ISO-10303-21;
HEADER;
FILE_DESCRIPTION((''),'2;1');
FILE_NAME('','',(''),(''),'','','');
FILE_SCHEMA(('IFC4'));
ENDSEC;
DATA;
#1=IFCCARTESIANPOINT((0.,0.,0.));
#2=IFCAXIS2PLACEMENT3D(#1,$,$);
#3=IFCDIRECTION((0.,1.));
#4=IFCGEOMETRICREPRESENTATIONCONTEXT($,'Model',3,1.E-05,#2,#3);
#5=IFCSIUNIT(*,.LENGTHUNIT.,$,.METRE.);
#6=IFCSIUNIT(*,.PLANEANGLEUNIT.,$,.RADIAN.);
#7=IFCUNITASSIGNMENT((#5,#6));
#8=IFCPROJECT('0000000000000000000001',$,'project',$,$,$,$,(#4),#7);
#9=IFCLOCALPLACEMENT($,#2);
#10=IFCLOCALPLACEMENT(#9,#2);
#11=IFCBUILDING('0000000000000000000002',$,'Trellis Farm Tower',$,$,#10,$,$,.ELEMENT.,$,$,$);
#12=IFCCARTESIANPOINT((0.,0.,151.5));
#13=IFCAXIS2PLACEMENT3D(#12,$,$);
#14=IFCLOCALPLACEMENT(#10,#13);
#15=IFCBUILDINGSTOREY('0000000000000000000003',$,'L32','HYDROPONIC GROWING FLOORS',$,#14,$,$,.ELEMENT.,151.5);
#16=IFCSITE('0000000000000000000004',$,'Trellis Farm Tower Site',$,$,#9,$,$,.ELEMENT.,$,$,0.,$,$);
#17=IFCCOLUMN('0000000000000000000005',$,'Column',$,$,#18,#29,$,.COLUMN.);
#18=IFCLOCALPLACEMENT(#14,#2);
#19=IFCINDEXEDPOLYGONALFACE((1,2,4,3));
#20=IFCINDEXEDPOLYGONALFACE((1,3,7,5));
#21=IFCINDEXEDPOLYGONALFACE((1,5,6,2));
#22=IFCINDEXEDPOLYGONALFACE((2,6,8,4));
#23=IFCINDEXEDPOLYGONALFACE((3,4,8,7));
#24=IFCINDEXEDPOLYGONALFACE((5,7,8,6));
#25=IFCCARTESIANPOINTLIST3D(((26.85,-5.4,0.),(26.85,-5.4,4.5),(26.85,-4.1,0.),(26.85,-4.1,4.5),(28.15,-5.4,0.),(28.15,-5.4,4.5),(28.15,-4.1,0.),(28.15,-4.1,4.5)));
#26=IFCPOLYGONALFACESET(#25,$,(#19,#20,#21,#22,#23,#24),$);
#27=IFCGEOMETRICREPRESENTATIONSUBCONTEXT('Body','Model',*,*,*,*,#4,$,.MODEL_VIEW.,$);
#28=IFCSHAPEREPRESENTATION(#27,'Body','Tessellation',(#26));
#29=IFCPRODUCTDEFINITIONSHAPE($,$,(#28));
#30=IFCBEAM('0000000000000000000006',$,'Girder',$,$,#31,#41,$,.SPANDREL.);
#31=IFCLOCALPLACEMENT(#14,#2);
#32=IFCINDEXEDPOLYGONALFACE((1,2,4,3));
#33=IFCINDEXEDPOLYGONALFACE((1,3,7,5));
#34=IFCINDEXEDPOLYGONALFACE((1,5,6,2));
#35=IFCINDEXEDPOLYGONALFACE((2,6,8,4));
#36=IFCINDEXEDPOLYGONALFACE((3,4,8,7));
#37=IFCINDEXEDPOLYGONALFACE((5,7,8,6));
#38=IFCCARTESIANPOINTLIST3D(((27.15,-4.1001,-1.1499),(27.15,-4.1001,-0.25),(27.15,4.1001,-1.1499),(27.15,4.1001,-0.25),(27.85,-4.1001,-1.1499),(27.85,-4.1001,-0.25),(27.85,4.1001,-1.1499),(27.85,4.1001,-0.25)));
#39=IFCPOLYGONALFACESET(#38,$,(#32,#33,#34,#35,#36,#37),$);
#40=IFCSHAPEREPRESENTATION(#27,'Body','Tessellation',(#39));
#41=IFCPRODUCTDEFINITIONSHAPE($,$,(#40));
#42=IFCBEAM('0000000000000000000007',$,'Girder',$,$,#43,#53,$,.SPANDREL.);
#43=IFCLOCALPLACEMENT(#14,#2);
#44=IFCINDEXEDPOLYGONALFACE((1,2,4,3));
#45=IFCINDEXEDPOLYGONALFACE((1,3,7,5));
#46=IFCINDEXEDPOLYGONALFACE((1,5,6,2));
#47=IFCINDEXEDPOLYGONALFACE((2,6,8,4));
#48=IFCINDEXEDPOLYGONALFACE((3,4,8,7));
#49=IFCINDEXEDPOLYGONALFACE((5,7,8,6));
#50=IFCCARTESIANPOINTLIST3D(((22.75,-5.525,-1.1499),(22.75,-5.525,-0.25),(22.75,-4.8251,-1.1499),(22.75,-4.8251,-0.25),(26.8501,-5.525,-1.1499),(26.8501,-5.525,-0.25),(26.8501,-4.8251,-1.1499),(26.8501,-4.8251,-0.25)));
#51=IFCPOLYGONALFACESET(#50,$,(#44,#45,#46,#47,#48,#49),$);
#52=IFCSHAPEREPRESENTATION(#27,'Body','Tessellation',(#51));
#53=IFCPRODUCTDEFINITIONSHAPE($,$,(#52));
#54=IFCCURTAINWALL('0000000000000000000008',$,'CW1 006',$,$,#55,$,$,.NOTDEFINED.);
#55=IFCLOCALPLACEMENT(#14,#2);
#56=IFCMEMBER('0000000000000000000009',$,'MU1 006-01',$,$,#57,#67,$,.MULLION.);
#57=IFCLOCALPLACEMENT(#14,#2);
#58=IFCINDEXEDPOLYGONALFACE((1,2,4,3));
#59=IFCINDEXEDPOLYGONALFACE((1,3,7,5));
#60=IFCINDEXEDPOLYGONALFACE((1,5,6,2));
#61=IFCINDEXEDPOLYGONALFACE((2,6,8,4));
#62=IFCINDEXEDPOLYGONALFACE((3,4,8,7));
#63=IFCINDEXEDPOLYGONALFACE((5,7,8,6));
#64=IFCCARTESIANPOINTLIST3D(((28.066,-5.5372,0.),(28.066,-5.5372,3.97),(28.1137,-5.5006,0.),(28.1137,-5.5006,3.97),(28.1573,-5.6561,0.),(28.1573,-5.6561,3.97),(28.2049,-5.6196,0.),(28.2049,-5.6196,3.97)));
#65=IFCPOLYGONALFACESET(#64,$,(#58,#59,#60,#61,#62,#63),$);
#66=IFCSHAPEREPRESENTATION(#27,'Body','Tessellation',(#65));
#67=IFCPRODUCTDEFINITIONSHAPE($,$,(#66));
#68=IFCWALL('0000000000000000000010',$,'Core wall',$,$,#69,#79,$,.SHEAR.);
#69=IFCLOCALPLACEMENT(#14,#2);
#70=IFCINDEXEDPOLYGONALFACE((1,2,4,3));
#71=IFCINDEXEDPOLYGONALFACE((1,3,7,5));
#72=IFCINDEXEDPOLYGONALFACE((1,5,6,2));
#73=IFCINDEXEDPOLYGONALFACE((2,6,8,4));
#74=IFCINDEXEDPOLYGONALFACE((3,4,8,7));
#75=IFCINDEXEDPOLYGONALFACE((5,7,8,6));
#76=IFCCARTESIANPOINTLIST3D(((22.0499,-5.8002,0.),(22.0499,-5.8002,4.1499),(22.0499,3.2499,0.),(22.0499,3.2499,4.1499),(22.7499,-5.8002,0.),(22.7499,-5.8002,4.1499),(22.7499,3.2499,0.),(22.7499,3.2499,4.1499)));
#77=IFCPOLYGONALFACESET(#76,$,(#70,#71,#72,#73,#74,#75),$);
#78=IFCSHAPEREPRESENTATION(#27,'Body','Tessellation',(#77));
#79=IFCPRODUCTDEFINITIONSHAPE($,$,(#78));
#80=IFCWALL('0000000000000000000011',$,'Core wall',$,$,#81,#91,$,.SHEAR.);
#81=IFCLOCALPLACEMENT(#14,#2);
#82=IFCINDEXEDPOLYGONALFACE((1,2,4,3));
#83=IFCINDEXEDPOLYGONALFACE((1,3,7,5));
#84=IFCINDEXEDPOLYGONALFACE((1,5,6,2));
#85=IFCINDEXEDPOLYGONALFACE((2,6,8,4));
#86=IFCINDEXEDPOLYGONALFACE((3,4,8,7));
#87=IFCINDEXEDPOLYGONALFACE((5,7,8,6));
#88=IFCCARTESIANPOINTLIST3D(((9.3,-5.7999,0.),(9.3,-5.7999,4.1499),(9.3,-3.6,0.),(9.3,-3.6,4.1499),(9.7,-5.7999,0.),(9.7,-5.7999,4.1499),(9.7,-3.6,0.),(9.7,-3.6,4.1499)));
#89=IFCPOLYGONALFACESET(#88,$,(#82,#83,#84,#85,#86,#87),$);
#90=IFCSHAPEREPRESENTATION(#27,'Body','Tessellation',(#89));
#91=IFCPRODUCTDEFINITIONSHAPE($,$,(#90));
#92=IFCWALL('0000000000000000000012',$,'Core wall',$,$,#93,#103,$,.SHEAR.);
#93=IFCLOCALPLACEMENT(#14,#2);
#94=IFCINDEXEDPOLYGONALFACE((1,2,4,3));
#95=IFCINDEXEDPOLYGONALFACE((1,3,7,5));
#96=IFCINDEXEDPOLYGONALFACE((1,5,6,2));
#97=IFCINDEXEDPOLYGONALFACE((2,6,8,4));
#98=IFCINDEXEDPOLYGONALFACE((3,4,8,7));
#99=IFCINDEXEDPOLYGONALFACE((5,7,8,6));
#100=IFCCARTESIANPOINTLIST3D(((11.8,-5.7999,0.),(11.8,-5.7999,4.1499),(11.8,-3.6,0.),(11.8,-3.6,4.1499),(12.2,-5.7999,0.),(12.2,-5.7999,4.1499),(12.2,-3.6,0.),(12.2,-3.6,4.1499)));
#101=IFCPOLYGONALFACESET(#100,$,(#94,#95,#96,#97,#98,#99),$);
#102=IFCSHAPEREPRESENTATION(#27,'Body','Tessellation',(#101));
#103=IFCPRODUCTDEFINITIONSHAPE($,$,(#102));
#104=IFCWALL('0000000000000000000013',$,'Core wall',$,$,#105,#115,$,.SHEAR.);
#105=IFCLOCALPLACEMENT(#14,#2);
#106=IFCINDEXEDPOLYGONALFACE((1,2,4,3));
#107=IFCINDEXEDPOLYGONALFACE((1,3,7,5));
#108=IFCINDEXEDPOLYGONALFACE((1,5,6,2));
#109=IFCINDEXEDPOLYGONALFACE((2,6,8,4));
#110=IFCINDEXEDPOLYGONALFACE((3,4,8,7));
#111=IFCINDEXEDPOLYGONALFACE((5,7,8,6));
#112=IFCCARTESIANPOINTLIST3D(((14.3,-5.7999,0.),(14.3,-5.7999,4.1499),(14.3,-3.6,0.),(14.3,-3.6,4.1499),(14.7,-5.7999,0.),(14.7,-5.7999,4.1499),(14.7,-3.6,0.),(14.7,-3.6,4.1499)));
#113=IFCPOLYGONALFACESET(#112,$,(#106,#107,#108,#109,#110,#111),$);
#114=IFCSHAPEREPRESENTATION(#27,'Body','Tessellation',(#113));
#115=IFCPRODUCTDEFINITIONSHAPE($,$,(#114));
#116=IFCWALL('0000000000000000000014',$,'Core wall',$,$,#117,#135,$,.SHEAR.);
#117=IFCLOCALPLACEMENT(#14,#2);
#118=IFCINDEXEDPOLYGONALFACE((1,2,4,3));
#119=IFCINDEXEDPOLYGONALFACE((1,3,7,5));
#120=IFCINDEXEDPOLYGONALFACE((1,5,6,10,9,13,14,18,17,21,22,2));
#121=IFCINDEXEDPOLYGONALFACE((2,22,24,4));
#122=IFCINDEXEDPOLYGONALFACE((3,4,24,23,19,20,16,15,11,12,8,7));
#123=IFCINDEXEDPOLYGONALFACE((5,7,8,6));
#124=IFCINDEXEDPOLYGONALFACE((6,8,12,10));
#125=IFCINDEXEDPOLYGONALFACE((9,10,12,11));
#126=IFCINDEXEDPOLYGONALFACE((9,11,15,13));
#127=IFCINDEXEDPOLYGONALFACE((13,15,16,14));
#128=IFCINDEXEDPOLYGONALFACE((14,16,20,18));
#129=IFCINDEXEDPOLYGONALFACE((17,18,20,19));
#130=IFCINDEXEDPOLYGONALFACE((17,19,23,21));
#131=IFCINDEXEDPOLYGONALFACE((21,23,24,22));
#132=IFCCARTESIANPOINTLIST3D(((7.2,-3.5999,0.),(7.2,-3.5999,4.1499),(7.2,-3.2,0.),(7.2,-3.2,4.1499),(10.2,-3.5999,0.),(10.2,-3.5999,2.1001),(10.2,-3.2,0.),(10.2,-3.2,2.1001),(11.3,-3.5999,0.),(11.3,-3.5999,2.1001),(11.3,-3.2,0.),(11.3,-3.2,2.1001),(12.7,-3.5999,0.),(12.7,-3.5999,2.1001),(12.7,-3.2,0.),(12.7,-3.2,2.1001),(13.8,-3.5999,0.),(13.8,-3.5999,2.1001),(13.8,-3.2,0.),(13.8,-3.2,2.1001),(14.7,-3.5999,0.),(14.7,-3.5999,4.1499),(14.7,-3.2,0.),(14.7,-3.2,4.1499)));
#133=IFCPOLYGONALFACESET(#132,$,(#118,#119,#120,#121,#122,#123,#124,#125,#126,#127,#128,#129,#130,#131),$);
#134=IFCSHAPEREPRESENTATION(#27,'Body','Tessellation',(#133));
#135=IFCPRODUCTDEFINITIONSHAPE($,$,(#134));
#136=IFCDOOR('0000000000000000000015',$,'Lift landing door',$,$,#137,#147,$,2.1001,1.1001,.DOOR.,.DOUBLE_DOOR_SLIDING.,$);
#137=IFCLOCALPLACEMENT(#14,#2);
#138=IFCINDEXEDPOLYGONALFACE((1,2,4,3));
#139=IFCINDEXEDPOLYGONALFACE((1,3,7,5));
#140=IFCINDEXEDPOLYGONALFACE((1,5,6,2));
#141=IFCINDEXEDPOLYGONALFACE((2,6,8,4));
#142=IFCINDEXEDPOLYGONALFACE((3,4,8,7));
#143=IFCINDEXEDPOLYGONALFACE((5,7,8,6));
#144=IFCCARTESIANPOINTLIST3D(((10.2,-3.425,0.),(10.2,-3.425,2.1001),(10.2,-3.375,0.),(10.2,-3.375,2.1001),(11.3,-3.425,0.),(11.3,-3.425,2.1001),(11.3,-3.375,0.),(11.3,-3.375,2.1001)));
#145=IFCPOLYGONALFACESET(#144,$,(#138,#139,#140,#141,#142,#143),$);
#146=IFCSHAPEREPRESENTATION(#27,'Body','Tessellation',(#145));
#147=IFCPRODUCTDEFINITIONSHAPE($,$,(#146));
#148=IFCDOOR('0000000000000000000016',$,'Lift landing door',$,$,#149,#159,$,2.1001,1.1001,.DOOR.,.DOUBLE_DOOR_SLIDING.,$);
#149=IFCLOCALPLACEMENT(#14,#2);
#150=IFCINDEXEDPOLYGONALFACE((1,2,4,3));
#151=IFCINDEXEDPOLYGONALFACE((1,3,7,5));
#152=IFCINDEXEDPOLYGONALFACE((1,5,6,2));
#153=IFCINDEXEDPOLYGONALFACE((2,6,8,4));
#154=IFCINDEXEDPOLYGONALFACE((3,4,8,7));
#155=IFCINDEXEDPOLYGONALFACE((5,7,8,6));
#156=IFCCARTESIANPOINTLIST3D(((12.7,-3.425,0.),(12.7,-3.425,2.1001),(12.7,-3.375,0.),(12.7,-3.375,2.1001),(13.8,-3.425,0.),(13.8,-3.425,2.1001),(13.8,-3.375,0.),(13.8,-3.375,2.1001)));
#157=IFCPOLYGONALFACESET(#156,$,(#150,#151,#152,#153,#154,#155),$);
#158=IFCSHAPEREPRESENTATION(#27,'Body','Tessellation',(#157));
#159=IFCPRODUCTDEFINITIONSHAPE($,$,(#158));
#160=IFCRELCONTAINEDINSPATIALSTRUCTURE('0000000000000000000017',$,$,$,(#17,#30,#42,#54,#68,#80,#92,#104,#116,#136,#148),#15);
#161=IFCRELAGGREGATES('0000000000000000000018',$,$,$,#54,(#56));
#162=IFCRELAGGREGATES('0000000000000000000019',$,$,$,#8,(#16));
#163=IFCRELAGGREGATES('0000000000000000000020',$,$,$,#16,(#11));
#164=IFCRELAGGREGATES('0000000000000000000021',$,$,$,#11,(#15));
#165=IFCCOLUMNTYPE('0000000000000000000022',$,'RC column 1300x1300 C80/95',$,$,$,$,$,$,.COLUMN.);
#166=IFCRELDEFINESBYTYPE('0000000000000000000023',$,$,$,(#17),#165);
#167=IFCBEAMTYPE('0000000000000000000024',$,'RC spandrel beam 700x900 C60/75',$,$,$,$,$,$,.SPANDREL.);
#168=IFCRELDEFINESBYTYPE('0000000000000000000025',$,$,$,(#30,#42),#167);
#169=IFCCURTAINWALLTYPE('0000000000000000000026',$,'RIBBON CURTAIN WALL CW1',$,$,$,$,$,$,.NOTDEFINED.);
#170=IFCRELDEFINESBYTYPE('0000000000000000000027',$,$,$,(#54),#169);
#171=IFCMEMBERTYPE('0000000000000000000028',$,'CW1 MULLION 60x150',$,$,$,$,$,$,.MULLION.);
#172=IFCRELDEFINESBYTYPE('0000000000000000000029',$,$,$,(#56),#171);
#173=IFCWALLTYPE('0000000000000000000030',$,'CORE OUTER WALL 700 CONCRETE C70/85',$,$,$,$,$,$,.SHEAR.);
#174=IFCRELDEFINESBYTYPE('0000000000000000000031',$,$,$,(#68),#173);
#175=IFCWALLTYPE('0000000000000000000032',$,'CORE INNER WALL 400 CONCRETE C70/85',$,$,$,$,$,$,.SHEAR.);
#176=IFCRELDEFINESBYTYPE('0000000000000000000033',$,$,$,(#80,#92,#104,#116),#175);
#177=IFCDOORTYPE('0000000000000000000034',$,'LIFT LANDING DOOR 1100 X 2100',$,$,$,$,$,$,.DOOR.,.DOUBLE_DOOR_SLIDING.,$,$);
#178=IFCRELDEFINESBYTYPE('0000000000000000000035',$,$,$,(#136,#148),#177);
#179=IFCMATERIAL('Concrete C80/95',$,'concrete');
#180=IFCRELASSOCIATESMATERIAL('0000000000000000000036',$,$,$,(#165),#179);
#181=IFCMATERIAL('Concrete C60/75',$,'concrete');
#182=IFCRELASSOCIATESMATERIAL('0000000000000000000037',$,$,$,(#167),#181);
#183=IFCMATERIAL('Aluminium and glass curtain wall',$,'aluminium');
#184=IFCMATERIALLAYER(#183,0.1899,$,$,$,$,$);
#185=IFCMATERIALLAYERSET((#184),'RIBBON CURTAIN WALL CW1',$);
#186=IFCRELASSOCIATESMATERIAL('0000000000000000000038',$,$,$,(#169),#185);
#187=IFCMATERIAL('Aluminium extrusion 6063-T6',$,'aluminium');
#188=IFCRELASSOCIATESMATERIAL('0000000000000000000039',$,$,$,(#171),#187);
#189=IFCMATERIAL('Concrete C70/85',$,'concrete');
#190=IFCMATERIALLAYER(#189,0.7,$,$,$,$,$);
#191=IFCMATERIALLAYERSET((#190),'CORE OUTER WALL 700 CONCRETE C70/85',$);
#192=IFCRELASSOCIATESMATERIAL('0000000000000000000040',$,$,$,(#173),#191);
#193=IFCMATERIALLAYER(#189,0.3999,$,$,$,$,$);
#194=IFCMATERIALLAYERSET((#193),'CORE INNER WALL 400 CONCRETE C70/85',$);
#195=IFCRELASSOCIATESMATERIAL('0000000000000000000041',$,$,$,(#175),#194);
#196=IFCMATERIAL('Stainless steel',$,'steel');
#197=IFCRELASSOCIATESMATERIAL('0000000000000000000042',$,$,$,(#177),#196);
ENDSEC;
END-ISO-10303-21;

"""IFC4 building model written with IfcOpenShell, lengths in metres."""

from ifc_helpers import new_model, si_unit, direction, frame, frame_2d, origin, origin_2d, place, context, subcontext, project, spatial, rectangle, extrude, source, transform, mapped, material, layer, layer_set, material_profile, profile_set, type_object, element, fill, aggregate, save


model = new_model("IFC4")

# Units and contexts
model_context = context("Model", 3, precision=1e-05, world=origin(), true_north=direction((0.0, 1.0)))
body_context = subcontext(model_context, "Body", "Model", "MODEL_VIEW")
ifc_project = project(units=[si_unit("LENGTHUNIT", "METRE"), si_unit("PLANEANGLEUNIT", "RADIAN")], contexts=[model_context])

# Site, building, storey
site_placement = place(None, origin())
site = spatial("IfcSite", under=ifc_project, at=site_placement, Name="Trellis Farm Tower Site", CompositionType="ELEMENT", RefElevation=0.0)
building_placement = place(site_placement, origin())
building = spatial("IfcBuilding", under=site, at=building_placement, Name="Trellis Farm Tower", CompositionType="ELEMENT")
storey_placement = place(building_placement, frame((0.0, 0.0, 151.5)))
storey = spatial("IfcBuildingStorey", under=building, at=storey_placement, Name="L32", Description="HYDROPONIC GROWING FLOORS", CompositionType="ELEMENT", Elevation=151.5)

# Column
ifc_material_1 = material(Name="Concrete C80/95", Category="concrete")
ifc_material_profile_1 = material_profile(ifc_material_1, rectangle(XDim=1.3, YDim=1.3, at=origin_2d()), Name="RC column 1300x1300 C80/95")
ifc_profile_set_1 = profile_set([ifc_material_profile_1], Name="Concrete C80/95")
column_type = type_object("IfcColumnType", Name="RC column 1300x1300 C80/95", PredefinedType="COLUMN", material=ifc_profile_set_1)
shared_shape_1 = source(origin(), body_context, "Body", "SweptSolid", [
    extrude(rectangle(XDim=1.3, YDim=1.3, at=origin_2d()), origin(), (0.0, 0.0, 1.0), 4.5),
])
column_placement = place(storey_placement, frame((27.5, -4.75, 0.0), z_axis=(0.0, 0.0, 1.0), x_axis=(1.0, 0.0, 0.0)))
element("IfcColumn", 1, at=column_placement, inside=storey, type_object=column_type, Name="Column", PredefinedType="COLUMN", context=body_context, shape_type="MappedRepresentation", body=[
    mapped(shared_shape_1, transform((0.0, 0.0, 0.0))),
])

# Beams
ifc_material_2 = material(Name="Concrete C60/75", Category="concrete")
ifc_material_profile_2 = material_profile(ifc_material_2, rectangle(XDim=0.7, YDim=0.8999, at=origin_2d()), Name="RC spandrel beam 700x900 C60/75")
ifc_profile_set_2 = profile_set([ifc_material_profile_2], Name="Concrete C60/75")
beam_type = type_object("IfcBeamType", Name="RC spandrel beam 700x900 C60/75", PredefinedType="SPANDREL", material=ifc_profile_set_2)
shared_shape_2 = source(origin(), body_context, "Body", "SweptSolid", [
    extrude(rectangle(XDim=0.7, YDim=0.8999, at=origin_2d()), origin(), (0.0, 0.0, 1.0), 8.2002),
])
beam_1_placement = place(storey_placement, frame((27.5, -4.1001, -0.7), z_axis=(0.0, 1.0, 0.0), x_axis=(-1.0, 0.0, 0.0)))
element("IfcBeam", 2, at=beam_1_placement, inside=storey, type_object=beam_type, Name="Girder", PredefinedType="SPANDREL", context=body_context, shape_type="MappedRepresentation", body=[
    mapped(shared_shape_2, transform((0.0, 0.0, 0.0))),
])
shared_shape_3 = source(origin(), body_context, "Body", "SweptSolid", [
    extrude(rectangle(XDim=0.7, YDim=0.8999, at=origin_2d()), origin(), (0.0, 0.0, 1.0), 4.1001),
])
beam_2_placement = place(storey_placement, frame((22.75, -5.175, -0.7), z_axis=(1.0, 0.0, 0.0), x_axis=(0.0, 1.0, 0.0)))
element("IfcBeam", 3, at=beam_2_placement, inside=storey, type_object=beam_type, Name="Girder", PredefinedType="SPANDREL", context=body_context, shape_type="MappedRepresentation", body=[
    mapped(shared_shape_3, transform((0.0, 0.0, 0.0))),
])

# Curtain wall, member
ifc_material_3 = material(Name="Aluminium and glass curtain wall", Category="aluminium")
ifc_layer_1 = layer(ifc_material_3, 0.1899)
ifc_layer_set_1 = layer_set([ifc_layer_1], Name="RIBBON CURTAIN WALL CW1")
curtain_wall_type = type_object("IfcCurtainWallType", Name="RIBBON CURTAIN WALL CW1", PredefinedType="NOTDEFINED", material=ifc_layer_set_1)
placement = place(storey_placement, origin())
curtain_wall = element("IfcCurtainWall", 4, at=placement, inside=storey, type_object=curtain_wall_type, Name="CW1 006", PredefinedType="NOTDEFINED")
ifc_material_4 = material(Name="Aluminium extrusion 6063-T6", Category="aluminium")
ifc_material_profile_3 = material_profile(ifc_material_4, rectangle(XDim=0.0601, YDim=0.1499, at=origin_2d()), Name="MULLION 60x150")
ifc_profile_set_3 = profile_set([ifc_material_profile_3], Name="Aluminium extrusion 6063-T6")
member_type = type_object("IfcMemberType", Name="CW1 MULLION 60x150", PredefinedType="MULLION", material=ifc_profile_set_3)
shared_shape_4 = source(origin(), body_context, "Body", "SweptSolid", [
    extrude(rectangle(XDim=0.0601, YDim=0.1499, at=origin_2d()), origin(), (0.0, 0.0, 1.0), 3.97),
])
member_placement = place(storey_placement, frame((28.1355, -5.5784, 0.0), z_axis=(0.0, 0.0, 1.0), x_axis=(0.793353, 0.608761, 0.0)))
member = element("IfcMember", 5, at=member_placement, type_object=member_type, Name="MU1 006-01", PredefinedType="MULLION", context=body_context, shape_type="MappedRepresentation", body=[
    mapped(shared_shape_4, transform((0.0, 0.0, 0.0))),
])
aggregate(curtain_wall, [member])

# Walls
ifc_material_5 = material(Name="Concrete C70/85", Category="concrete")
ifc_layer_2 = layer(ifc_material_5, 0.7)
ifc_layer_set_2 = layer_set([ifc_layer_2], Name="CORE OUTER WALL 700 CONCRETE C70/85")
wall_type_1 = type_object("IfcWallType", Name="CORE OUTER WALL 700 CONCRETE C70/85", PredefinedType="SHEAR", material=ifc_layer_set_2)
shared_shape_5 = source(origin(), body_context, "Body", "SweptSolid", [
    extrude(rectangle(XDim=9.05, YDim=0.7, at=frame_2d((4.5249, 0.0))), origin(), (0.0, 0.0, 1.0), 4.1499),
])
wall_1_placement = place(storey_placement, frame((22.3999, -5.8, 0.0), z_axis=(0.0, 0.0, 1.0), x_axis=(0.0, 1.0, 0.0)))
element("IfcWall", 6, at=wall_1_placement, inside=storey, type_object=wall_type_1, Name="Core wall", PredefinedType="SHEAR", context=body_context, shape_type="MappedRepresentation", body=[
    mapped(shared_shape_5, transform((0.0, 0.0, 0.0))),
])
ifc_layer_3 = layer(ifc_material_5, 0.3999)
ifc_layer_set_3 = layer_set([ifc_layer_3], Name="CORE INNER WALL 400 CONCRETE C70/85")
wall_type_2 = type_object("IfcWallType", Name="CORE INNER WALL 400 CONCRETE C70/85", PredefinedType="SHEAR", material=ifc_layer_set_3)
shared_shape_6 = source(origin(), body_context, "Body", "SweptSolid", [
    extrude(rectangle(XDim=2.2, YDim=0.3999, at=frame_2d((1.1001, 0.0))), origin(), (0.0, 0.0, 1.0), 4.1499),
])
for number, where, z_axis, x_axis, name in (
    (7, (9.5, -5.8, 0.0), (0.0, 0.0, 1.0), (0.0, 1.0, 0.0), "Core wall"),
    (8, (12.0, -5.8, 0.0), (0.0, 0.0, 1.0), (0.0, 1.0, 0.0), "Core wall"),
    (9, (14.5, -5.8, 0.0), (0.0, 0.0, 1.0), (0.0, 1.0, 0.0), "Core wall"),
):
    element("IfcWall", number, at=place(storey_placement, frame(where, z_axis=z_axis, x_axis=x_axis)), inside=storey, type_object=wall_type_2, Name=name, PredefinedType="SHEAR", context=body_context, shape_type="MappedRepresentation", body=[
        mapped(shared_shape_6, transform((0.0, 0.0, 0.0))),
    ])

# Wall, openings, doors
shared_shape_7 = source(origin(), body_context, "Body", "SweptSolid", [
    extrude(rectangle(XDim=7.5, YDim=0.3999, at=frame_2d((3.75, 0.0))), origin(), (0.0, 0.0, 1.0), 4.1499),
])
wall_2_placement = place(storey_placement, frame((7.2, -3.3999, 0.0), z_axis=(0.0, 0.0, 1.0), x_axis=(1.0, 0.0, 0.0)))
wall_2 = element("IfcWall", 10, at=wall_2_placement, inside=storey, type_object=wall_type_2, Name="Core wall", PredefinedType="SHEAR", context=body_context, shape_type="MappedRepresentation", body=[
    mapped(shared_shape_7, transform((0.0, 0.0, 0.0))),
])
shared_shape_8 = source(origin(), body_context, "Body", "SweptSolid", [
    extrude(rectangle(XDim=1.1001, YDim=2.1001, at=frame_2d((0.55, 1.05))), frame((0.0, 0.21, 0.0), z_axis=(0.0, -1.0, 0.0), x_axis=(1.0, 0.0, 0.0)), (0.0, 0.0, 1.0), 0.4199),
])
opening_1_placement = place(wall_2_placement, frame((3.0, 0.0, 0.0)))
opening_1 = element("IfcOpeningElement", 11, at=opening_1_placement, cuts=wall_2, PredefinedType="OPENING", context=body_context, shape_type="MappedRepresentation", body=[
    mapped(shared_shape_8, transform((0.0, 0.0, 0.0))),
])
opening_2_placement = place(wall_2_placement, frame((5.5, 0.0, 0.0)))
opening_2 = element("IfcOpeningElement", 12, at=opening_2_placement, cuts=wall_2, PredefinedType="OPENING", context=body_context, shape_type="MappedRepresentation", body=[
    mapped(shared_shape_8, transform((0.0, 0.0, 0.0))),
])
ifc_material_6 = material(Name="Stainless steel", Category="steel")
door_type_1 = type_object("IfcDoorType", Name="LIFT LANDING DOOR 1100 X 2100", OperationType="DOUBLE_DOOR_SLIDING", PredefinedType="DOOR", material=ifc_material_6)
shared_shape_9 = source(origin(), body_context, "Body", "SweptSolid", [
    extrude(rectangle(XDim=1.1001, YDim=2.1001, at=frame_2d((0.55, 1.05))), frame((0.0, 0.0249, 0.0), z_axis=(0.0, -1.0, 0.0), x_axis=(1.0, 0.0, 0.0)), (0.0, 0.0, 1.0), 0.05),
])
door_1_placement = place(opening_1_placement, origin())
door_1 = element("IfcDoor", 13, at=door_1_placement, inside=storey, type_object=door_type_1, Name="Lift landing door", OperationType="DOUBLE_DOOR_SLIDING", OverallHeight=2.1001, OverallWidth=1.1001, PredefinedType="DOOR", context=body_context, shape_type="MappedRepresentation", body=[
    mapped(shared_shape_9, transform((0.0, 0.0, 0.0))),
])
fill(opening_1, door_1)
door_2_placement = place(opening_2_placement, origin())
door_2 = element("IfcDoor", 14, at=door_2_placement, inside=storey, type_object=door_type_1, Name="Lift landing door", OperationType="DOUBLE_DOOR_SLIDING", OverallHeight=2.1001, OverallWidth=1.1001, PredefinedType="DOOR", context=body_context, shape_type="MappedRepresentation", body=[
    mapped(shared_shape_9, transform((0.0, 0.0, 0.0))),
])
fill(opening_2, door_2)

save(model, "model.ifc")
